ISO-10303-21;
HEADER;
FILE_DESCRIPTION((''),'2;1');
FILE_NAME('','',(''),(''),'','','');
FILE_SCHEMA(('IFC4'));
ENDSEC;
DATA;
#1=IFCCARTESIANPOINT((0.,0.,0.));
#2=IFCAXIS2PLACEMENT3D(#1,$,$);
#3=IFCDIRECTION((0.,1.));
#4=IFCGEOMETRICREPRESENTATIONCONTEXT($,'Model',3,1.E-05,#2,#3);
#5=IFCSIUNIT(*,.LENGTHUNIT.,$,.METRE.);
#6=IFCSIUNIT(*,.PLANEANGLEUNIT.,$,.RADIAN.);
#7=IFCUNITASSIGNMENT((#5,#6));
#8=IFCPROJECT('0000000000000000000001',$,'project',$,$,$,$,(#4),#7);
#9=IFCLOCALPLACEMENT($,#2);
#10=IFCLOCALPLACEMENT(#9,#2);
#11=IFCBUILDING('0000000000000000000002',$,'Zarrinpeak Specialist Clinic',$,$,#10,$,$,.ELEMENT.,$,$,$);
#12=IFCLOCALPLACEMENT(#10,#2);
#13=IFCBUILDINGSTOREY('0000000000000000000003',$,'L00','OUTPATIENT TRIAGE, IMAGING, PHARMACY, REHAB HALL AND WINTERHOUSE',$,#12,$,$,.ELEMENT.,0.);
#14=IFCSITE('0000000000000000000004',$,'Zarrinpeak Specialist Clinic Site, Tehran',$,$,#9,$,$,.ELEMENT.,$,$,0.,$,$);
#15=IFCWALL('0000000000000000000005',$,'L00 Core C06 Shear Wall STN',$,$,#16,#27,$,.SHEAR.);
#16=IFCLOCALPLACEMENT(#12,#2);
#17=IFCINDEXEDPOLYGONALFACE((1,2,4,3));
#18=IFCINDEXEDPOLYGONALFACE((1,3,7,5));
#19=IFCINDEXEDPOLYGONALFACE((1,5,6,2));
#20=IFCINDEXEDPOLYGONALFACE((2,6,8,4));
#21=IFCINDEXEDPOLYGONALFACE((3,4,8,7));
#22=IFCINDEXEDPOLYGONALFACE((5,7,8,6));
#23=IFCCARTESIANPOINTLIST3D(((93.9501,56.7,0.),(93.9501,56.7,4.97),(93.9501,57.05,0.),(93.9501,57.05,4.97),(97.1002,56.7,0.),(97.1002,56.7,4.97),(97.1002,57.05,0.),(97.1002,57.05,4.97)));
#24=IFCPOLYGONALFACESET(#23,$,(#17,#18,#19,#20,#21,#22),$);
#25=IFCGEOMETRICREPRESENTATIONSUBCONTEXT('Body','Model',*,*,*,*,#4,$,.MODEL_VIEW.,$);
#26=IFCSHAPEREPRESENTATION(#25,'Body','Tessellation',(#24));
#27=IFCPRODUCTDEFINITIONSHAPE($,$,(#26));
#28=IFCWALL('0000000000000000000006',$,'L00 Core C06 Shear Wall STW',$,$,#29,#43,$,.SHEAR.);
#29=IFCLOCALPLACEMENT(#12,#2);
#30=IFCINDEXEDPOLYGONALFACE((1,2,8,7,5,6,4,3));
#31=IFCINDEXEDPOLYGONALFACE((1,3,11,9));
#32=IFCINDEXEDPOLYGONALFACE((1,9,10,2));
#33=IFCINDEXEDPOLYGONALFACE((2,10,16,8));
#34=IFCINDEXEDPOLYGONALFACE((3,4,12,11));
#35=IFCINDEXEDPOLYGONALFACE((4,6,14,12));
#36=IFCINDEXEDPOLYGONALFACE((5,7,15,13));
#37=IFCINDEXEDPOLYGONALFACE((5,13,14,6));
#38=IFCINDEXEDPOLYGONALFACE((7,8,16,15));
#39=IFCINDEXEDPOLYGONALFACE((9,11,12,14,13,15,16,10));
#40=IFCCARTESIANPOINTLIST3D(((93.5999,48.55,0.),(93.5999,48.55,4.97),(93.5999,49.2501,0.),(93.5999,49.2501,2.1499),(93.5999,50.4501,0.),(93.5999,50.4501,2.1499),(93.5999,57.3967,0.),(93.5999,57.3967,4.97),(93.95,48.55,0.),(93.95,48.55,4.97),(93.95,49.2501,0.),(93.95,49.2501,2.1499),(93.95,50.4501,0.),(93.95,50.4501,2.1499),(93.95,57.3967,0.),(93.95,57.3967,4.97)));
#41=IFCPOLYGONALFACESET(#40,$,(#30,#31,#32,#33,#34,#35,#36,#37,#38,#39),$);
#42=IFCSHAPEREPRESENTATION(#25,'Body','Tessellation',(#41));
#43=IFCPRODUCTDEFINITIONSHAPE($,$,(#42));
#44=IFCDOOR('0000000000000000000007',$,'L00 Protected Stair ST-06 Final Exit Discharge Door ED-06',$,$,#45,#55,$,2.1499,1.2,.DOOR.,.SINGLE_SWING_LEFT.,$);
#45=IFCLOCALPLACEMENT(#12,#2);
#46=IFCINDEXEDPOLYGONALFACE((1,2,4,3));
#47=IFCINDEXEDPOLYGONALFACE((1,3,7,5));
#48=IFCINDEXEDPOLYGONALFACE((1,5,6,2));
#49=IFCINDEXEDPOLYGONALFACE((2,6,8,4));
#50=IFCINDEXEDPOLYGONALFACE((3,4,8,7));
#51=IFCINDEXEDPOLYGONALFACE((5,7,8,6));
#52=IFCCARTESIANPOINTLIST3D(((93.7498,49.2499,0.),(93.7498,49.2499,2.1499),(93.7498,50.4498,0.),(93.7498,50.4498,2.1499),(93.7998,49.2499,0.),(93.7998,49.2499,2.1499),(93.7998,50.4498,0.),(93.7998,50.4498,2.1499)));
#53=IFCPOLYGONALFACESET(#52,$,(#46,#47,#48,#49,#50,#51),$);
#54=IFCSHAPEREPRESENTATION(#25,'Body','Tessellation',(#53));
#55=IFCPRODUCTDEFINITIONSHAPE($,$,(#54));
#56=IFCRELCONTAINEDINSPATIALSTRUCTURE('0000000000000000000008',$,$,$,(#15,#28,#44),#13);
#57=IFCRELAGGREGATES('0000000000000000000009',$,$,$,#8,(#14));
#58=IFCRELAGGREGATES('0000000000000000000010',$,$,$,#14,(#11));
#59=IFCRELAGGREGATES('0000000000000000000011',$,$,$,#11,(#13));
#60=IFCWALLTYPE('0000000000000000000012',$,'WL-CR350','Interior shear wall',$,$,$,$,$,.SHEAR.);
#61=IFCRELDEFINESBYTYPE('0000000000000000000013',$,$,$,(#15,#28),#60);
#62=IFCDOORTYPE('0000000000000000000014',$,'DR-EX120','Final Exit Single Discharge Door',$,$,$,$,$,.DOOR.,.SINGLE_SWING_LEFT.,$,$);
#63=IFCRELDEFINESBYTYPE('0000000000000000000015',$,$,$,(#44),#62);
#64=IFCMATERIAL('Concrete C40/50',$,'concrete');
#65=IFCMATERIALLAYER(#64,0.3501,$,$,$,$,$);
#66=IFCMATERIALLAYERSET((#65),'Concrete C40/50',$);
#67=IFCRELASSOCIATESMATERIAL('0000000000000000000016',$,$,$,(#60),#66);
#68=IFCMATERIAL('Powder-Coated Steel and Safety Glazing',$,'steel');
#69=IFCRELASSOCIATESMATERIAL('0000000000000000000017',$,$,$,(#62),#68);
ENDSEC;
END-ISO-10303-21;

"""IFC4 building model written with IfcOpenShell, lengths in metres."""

from ifc_helpers import new_model, si_unit, direction, frame, frame_2d, origin, place, context, subcontext, project, spatial, rectangle, extrude, material, layer, layer_set, type_object, element, fill, save


model = new_model("IFC4")

# Units and contexts
model_context = context("Model", 3, precision=1e-05, world=origin(), true_north=direction((0.0, 1.0)))
body_context = subcontext(model_context, "Body", "Model", "MODEL_VIEW")
ifc_project = project(units=[si_unit("LENGTHUNIT", "METRE"), si_unit("PLANEANGLEUNIT", "RADIAN")], contexts=[model_context])

# Site, building, storey
site_placement = place(None, origin())
site = spatial("IfcSite", under=ifc_project, at=site_placement, Name="Zarrinpeak Specialist Clinic Site, Tehran", CompositionType="ELEMENT", RefElevation=0.0)
building_placement = place(site_placement, origin())
building = spatial("IfcBuilding", under=site, at=building_placement, Name="Zarrinpeak Specialist Clinic", CompositionType="ELEMENT")
storey_placement = place(building_placement, origin())
storey = spatial("IfcBuildingStorey", under=building, at=storey_placement, Name="L00", Description="OUTPATIENT TRIAGE, IMAGING, PHARMACY, REHAB HALL AND WINTERHOUSE", CompositionType="ELEMENT", Elevation=0.0)

# Shared definitions
ifc_material_1 = material(Name="Concrete C40/50", Category="concrete")
ifc_layer_1 = layer(ifc_material_1, 0.3501)
ifc_layer_set_1 = layer_set([ifc_layer_1], Name="Concrete C40/50")
wall_type = type_object("IfcWallType", Name="WL-CR350", Description="Interior shear wall", PredefinedType="SHEAR", material=ifc_layer_set_1)

# Wall
wall_1_placement = place(storey_placement, frame((93.95, 56.875, 0.0), z_axis=(0.0, 0.0, 1.0), x_axis=(1.0, 0.0, 0.0)))
element("IfcWall", 1, at=wall_1_placement, inside=storey, type_object=wall_type, Name="L00 Core C06 Shear Wall STN", PredefinedType="SHEAR", context=body_context, shape_type="SweptSolid", body=[
    extrude(rectangle(XDim=3.1501, YDim=0.3501, at=frame_2d((1.5752, 0.0))), origin(), (0.0, 0.0, 1.0), 4.97),
])

# Wall, opening, door
wall_2_placement = place(storey_placement, frame((93.7749, 48.55, 0.0), z_axis=(0.0, 0.0, 1.0), x_axis=(0.0, 1.0, 0.0)))
wall_2 = element("IfcWall", 2, at=wall_2_placement, inside=storey, type_object=wall_type, Name="L00 Core C06 Shear Wall STW", PredefinedType="SHEAR", context=body_context, shape_type="SweptSolid", body=[
    extrude(rectangle(XDim=8.8467, YDim=0.3501, at=frame_2d((4.4233, 0.0))), origin(), (0.0, 0.0, 1.0), 4.97),
])
opening_1_placement = place(wall_2_placement, frame((0.7, 0.0, 0.0)))
opening_1 = element("IfcOpeningElement", 3, at=opening_1_placement, cuts=wall_2, PredefinedType="OPENING", context=body_context, shape_type="SweptSolid", body=[
    extrude(rectangle(XDim=1.2, YDim=2.1499, at=frame_2d((0.6001, 1.075))), frame((0.0, 0.1851, 0.0), z_axis=(0.0, -1.0, 0.0), x_axis=(1.0, 0.0, 0.0)), (0.0, 0.0, 1.0), 0.3701),
])
ifc_material_2 = material(Name="Powder-Coated Steel and Safety Glazing", Category="steel")
door_type_1 = type_object("IfcDoorType", Name="DR-EX120", Description="Final Exit Single Discharge Door", OperationType="SINGLE_SWING_LEFT", PredefinedType="DOOR", material=ifc_material_2)
door_1_placement = place(opening_1_placement, frame((1.2, 0.0, 0.0), z_axis=(0.0, 0.0, 1.0), x_axis=(-1.0, 0.0, 0.0)))
door_1 = element("IfcDoor", 4, at=door_1_placement, inside=storey, type_object=door_type_1, Name="L00 Protected Stair ST-06 Final Exit Discharge Door ED-06", OperationType="SINGLE_SWING_LEFT", OverallHeight=2.1499, OverallWidth=1.2, PredefinedType="DOOR", context=body_context, shape_type="SweptSolid", body=[
    extrude(rectangle(XDim=1.2, YDim=2.1499, at=frame_2d((0.6001, 1.075))), frame((0.0, 0.0249, 0.0), z_axis=(0.0, -1.0, 0.0), x_axis=(1.0, 0.0, 0.0)), (0.0, 0.0, 1.0), 0.05),
])
fill(opening_1, door_1)

save(model, "model.ifc")
